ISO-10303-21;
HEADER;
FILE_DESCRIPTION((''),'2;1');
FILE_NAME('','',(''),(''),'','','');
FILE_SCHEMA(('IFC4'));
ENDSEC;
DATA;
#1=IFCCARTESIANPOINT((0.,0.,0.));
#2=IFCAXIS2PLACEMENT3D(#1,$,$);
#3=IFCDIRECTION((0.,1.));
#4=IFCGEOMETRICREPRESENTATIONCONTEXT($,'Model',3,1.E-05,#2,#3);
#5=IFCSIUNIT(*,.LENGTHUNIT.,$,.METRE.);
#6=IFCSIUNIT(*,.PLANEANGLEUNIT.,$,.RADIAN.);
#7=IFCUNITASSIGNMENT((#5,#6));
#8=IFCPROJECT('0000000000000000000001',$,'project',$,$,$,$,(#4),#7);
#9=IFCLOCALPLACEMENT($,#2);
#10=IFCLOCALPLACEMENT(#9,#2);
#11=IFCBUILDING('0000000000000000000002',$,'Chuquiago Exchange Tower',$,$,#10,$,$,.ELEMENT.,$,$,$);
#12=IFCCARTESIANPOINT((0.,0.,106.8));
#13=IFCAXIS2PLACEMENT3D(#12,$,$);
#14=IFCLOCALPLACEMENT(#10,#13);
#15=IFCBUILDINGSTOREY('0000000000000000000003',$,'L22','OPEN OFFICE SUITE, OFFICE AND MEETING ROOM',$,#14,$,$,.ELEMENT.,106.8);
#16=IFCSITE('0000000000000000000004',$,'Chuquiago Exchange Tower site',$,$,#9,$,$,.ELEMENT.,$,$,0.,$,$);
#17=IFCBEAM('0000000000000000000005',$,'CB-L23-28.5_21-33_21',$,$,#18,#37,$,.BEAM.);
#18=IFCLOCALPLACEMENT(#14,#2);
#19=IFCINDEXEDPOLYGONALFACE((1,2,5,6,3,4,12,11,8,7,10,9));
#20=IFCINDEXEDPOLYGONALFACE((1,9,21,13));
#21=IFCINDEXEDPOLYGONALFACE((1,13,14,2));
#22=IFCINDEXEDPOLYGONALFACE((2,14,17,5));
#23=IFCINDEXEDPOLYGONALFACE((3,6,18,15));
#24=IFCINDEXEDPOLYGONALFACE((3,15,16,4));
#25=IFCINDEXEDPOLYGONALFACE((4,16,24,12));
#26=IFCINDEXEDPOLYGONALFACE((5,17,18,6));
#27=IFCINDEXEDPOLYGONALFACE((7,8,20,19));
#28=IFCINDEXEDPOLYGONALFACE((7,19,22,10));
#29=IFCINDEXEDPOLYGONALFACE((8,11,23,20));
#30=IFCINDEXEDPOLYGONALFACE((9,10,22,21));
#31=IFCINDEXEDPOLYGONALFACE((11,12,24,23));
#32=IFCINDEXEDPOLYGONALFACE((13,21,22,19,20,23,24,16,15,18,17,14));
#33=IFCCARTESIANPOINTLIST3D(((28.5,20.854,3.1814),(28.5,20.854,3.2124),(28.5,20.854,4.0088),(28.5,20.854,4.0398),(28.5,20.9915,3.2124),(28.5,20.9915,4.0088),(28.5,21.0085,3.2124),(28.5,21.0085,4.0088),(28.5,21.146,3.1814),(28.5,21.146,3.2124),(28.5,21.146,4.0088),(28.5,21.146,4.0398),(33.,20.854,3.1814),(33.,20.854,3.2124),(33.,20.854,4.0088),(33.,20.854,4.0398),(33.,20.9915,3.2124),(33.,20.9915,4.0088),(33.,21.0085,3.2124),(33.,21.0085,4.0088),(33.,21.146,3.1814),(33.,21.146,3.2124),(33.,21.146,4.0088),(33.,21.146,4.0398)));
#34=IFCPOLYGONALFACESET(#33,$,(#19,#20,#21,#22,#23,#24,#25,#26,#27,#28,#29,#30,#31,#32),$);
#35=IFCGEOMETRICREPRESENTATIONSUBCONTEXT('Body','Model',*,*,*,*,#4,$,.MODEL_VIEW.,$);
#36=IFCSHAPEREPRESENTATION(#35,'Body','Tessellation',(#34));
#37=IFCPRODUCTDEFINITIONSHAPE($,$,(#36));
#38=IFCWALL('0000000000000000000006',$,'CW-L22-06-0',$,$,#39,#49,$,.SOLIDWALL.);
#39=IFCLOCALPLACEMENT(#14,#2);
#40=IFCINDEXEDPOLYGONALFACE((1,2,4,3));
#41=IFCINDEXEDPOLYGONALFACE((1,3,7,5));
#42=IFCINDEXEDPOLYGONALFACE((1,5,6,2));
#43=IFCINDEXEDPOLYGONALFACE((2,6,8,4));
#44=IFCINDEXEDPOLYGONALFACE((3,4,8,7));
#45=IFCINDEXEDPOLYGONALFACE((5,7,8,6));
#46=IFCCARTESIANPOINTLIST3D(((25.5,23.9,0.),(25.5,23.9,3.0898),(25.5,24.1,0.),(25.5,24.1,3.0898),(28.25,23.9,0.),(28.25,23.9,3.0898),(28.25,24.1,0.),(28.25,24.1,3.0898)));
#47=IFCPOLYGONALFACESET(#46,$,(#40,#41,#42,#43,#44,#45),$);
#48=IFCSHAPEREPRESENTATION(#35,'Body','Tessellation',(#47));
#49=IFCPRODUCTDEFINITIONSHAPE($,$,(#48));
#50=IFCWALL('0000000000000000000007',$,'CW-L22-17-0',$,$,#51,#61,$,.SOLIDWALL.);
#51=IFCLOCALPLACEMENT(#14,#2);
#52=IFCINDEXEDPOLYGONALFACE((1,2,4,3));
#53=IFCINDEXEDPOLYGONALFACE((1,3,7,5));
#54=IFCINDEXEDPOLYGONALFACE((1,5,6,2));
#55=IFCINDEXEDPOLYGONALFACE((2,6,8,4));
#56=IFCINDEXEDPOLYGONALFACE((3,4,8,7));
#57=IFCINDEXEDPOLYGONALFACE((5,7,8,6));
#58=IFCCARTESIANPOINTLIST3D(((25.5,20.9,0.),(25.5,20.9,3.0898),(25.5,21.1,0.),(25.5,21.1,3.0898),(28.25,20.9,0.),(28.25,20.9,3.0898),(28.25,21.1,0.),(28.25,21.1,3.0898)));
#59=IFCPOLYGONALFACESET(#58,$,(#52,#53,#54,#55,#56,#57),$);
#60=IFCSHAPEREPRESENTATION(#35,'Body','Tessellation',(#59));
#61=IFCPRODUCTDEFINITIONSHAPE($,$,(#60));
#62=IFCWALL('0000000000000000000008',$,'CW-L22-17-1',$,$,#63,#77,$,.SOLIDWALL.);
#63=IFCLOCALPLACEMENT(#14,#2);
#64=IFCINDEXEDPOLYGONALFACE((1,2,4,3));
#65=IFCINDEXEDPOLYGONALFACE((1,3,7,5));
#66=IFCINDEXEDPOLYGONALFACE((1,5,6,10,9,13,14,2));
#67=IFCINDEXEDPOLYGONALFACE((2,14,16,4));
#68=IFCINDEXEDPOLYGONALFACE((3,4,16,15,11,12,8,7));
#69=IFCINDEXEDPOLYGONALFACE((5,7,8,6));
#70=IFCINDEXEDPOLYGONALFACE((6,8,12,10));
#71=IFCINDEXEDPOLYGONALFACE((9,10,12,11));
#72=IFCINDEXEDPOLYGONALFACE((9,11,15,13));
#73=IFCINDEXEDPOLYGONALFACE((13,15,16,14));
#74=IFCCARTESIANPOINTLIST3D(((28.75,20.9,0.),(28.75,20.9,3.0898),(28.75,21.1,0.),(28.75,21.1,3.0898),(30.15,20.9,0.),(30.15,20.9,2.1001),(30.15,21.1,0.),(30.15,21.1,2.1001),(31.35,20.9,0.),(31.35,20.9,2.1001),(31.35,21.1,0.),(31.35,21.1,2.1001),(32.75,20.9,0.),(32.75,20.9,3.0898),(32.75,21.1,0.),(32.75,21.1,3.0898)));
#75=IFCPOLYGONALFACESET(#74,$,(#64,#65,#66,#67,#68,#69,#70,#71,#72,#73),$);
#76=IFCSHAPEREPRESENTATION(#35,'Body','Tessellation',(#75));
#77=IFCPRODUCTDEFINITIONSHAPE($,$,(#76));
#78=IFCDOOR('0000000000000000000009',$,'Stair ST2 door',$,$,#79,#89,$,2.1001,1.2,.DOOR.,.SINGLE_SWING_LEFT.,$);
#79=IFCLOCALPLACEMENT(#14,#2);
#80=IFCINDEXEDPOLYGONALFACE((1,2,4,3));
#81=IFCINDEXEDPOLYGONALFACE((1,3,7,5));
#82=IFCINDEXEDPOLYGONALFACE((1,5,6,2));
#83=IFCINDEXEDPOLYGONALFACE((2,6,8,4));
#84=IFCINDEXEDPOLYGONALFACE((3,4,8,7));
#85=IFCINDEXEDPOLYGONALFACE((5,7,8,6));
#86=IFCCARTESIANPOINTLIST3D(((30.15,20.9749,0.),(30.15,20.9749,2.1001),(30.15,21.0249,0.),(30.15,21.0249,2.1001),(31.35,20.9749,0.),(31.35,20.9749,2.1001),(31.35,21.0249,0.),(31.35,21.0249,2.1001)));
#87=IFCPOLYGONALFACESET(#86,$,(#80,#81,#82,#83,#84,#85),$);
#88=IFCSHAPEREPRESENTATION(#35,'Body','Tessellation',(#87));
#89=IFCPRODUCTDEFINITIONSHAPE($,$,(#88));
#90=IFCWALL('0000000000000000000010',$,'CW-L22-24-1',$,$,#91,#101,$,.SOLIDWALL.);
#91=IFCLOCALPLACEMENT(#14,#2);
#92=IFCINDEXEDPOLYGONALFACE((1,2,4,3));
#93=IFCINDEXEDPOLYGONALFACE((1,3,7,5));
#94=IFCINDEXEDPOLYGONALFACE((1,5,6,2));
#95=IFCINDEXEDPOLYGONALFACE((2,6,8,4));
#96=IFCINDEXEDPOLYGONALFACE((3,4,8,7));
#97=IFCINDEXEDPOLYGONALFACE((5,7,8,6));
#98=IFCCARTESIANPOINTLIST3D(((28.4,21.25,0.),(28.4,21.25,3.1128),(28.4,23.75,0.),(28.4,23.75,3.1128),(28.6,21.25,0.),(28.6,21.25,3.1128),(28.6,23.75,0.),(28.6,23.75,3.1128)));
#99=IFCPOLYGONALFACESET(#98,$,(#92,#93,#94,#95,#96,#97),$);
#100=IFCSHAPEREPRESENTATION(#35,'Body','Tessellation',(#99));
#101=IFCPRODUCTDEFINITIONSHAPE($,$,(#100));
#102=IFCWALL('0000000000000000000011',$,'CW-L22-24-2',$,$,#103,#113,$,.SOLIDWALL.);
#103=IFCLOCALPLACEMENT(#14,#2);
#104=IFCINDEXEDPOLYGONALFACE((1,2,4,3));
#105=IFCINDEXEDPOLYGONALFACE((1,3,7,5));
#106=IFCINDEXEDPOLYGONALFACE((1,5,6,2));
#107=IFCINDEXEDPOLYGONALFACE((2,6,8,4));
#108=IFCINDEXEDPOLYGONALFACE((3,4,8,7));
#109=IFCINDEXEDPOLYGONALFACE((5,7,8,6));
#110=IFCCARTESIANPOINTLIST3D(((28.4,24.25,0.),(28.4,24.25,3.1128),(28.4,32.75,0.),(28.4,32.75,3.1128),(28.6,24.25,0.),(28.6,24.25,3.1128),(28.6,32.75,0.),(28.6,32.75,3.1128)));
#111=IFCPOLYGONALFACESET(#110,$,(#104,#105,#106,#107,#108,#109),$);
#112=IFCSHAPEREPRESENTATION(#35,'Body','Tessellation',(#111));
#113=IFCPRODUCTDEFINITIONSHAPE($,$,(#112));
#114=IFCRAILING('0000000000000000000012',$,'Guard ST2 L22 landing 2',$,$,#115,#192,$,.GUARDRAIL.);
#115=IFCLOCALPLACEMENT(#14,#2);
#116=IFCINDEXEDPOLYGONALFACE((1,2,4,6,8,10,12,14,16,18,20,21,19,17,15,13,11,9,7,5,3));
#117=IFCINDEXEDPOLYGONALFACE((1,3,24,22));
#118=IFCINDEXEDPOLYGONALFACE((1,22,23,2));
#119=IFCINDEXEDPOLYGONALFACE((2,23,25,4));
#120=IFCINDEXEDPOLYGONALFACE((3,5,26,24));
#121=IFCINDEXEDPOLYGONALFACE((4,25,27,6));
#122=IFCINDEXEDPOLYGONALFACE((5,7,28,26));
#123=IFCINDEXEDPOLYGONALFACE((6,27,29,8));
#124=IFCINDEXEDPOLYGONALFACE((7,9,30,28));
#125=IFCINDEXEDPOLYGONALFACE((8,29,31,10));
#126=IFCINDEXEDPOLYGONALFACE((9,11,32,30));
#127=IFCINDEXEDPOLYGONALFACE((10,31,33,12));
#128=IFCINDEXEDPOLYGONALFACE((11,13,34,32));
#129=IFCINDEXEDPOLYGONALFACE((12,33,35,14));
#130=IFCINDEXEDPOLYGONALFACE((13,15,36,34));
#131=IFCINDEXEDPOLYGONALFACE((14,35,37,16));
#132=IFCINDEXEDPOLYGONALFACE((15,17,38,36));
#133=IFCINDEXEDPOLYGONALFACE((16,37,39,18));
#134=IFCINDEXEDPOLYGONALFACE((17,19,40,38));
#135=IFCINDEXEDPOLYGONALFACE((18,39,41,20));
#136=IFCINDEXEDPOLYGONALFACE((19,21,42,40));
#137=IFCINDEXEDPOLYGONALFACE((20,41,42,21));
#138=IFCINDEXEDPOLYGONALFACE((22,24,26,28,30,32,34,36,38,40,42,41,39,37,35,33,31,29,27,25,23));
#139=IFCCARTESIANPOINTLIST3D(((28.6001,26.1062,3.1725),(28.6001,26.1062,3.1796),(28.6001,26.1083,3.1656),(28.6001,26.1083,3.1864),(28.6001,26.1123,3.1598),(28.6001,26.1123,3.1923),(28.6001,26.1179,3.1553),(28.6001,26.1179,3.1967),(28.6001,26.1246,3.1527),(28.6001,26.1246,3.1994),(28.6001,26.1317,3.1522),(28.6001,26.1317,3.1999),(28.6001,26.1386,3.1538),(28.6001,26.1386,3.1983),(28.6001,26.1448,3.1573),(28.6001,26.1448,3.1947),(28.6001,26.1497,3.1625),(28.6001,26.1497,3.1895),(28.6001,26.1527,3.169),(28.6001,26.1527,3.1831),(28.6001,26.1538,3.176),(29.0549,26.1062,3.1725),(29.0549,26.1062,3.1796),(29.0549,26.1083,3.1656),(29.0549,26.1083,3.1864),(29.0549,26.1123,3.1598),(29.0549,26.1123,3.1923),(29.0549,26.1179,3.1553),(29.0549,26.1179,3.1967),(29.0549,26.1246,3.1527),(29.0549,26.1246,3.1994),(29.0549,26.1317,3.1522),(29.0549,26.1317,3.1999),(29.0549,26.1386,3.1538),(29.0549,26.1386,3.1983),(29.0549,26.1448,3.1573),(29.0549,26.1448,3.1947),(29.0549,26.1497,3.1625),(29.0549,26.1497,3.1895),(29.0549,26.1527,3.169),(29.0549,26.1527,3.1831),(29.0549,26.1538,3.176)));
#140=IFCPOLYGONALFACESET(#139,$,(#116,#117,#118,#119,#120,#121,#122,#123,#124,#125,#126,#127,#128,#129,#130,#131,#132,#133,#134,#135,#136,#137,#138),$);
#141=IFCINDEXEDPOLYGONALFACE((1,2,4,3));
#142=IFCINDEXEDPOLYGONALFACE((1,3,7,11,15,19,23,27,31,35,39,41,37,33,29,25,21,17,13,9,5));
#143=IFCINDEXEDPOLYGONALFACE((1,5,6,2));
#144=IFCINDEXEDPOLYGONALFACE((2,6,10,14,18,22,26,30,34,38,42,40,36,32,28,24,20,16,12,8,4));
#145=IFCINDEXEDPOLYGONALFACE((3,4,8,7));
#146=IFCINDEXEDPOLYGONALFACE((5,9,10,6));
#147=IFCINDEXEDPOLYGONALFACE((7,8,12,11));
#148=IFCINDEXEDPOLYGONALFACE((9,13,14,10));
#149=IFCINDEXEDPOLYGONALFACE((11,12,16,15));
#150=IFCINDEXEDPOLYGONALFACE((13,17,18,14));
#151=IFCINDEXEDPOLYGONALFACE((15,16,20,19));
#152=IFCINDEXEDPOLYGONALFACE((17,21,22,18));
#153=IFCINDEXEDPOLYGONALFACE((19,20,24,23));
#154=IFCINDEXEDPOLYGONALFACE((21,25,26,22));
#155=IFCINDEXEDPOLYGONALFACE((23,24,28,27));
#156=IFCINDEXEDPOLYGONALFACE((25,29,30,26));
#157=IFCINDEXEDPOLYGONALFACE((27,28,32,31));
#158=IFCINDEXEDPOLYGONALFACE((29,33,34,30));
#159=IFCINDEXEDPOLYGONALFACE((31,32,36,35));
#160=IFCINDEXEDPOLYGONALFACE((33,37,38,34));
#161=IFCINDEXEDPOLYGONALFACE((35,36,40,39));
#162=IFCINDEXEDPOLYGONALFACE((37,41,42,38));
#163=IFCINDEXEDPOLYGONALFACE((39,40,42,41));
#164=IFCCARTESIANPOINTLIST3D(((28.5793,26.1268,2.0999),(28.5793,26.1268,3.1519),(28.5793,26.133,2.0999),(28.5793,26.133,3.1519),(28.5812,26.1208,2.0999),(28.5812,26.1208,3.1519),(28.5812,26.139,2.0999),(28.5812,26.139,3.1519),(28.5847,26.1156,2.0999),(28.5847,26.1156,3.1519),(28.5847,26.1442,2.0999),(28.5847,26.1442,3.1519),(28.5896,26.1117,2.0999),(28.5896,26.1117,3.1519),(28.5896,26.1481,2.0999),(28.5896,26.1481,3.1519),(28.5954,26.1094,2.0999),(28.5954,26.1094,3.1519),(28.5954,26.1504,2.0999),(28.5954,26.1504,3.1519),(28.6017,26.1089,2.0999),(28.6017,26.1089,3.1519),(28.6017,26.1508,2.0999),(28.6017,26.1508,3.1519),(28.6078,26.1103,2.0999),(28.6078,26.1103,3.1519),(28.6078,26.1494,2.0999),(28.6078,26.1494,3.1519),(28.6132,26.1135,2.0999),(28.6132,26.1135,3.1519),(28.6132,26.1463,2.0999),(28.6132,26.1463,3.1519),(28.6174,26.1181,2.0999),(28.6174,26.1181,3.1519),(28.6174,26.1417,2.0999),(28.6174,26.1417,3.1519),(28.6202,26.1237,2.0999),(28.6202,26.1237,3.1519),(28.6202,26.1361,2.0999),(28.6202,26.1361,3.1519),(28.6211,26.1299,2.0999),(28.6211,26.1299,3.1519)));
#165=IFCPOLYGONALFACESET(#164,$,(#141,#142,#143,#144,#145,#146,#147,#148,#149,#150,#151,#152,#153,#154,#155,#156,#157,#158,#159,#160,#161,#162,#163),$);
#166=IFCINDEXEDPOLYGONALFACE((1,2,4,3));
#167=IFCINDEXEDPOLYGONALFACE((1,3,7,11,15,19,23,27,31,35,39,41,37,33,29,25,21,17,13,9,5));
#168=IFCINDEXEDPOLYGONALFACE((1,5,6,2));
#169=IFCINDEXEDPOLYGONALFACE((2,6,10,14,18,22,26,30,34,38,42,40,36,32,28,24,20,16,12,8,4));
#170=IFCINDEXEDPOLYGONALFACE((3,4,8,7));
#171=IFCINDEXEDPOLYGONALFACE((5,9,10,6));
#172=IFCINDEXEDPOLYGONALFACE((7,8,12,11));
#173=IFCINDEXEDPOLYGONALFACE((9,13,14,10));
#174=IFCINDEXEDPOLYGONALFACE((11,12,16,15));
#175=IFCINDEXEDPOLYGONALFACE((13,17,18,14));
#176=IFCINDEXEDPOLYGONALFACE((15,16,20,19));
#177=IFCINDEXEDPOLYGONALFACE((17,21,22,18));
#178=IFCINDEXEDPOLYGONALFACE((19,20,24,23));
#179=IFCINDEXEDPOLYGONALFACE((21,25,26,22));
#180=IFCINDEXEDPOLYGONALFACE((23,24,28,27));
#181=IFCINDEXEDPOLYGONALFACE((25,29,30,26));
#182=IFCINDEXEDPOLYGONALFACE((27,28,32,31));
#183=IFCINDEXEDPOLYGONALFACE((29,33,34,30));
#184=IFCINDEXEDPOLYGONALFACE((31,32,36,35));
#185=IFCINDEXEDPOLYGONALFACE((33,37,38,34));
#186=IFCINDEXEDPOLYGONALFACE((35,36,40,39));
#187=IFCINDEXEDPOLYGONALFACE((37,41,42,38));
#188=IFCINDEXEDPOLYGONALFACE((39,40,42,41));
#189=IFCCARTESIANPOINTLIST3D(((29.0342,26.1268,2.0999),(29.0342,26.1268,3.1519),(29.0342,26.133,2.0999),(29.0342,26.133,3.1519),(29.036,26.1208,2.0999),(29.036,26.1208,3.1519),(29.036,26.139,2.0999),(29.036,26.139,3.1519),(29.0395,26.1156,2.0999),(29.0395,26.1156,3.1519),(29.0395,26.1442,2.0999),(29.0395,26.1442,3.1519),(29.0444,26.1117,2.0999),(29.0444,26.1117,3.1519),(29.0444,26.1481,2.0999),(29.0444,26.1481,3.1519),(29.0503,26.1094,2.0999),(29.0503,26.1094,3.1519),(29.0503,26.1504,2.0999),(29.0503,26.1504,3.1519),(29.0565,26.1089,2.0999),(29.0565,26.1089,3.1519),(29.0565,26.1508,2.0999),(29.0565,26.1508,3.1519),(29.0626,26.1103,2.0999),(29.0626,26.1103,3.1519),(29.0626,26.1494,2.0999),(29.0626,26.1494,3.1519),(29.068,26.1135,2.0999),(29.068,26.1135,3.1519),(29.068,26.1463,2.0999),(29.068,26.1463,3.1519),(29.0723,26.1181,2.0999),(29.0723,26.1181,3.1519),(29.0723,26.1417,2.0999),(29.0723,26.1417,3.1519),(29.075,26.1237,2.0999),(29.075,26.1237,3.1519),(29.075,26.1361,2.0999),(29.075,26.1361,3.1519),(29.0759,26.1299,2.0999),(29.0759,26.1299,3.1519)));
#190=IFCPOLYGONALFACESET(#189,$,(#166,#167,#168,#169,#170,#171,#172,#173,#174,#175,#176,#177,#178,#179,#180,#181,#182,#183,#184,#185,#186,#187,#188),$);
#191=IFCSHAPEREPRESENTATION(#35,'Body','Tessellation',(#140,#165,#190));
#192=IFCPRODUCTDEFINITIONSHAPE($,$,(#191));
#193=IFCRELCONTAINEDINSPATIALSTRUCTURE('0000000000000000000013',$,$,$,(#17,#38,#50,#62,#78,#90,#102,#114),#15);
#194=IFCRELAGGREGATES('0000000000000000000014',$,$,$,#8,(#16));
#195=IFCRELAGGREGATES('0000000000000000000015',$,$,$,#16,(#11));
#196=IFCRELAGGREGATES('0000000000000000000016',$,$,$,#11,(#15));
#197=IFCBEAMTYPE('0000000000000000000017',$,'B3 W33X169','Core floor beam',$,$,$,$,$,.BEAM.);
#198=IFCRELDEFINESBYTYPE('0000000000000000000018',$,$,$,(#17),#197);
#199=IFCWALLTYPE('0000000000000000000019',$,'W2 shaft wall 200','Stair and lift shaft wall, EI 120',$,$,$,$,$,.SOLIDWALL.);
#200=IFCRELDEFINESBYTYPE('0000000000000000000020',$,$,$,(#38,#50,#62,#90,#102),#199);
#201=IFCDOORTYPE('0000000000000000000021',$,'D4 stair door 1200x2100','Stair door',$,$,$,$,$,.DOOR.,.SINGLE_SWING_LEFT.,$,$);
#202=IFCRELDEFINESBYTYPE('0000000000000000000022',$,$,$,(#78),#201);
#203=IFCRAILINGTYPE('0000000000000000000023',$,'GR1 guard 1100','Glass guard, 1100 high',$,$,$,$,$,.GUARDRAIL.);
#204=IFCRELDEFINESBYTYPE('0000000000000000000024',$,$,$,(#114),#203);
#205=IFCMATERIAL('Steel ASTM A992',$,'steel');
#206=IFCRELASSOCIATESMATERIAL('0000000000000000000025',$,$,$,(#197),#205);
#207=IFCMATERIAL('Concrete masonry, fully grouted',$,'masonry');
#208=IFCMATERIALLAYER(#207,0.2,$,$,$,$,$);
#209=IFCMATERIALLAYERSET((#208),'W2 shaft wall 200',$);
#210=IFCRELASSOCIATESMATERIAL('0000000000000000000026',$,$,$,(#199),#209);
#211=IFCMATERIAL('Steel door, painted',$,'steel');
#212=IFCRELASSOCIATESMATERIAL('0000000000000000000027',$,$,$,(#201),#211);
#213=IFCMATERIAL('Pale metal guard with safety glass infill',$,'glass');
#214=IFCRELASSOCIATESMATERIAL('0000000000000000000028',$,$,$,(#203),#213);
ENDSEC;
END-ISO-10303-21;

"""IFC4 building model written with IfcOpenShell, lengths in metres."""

from ifc_helpers import new_model, si_unit, direction, frame, frame_2d, origin, origin_2d, place, context, subcontext, project, spatial, rectangle, circle, i_section, extrude, material, layer, layer_set, material_profile, profile_set, type_object, element, fill, save


model = new_model("IFC4")

# Units and contexts
model_context = context("Model", 3, precision=1e-05, world=origin(), true_north=direction((0.0, 1.0)))
body_context = subcontext(model_context, "Body", "Model", "MODEL_VIEW")
ifc_project = project(units=[si_unit("LENGTHUNIT", "METRE"), si_unit("PLANEANGLEUNIT", "RADIAN")], contexts=[model_context])

# Site, building, storey
site_placement = place(None, origin())
site = spatial("IfcSite", under=ifc_project, at=site_placement, Name="Chuquiago Exchange Tower site", CompositionType="ELEMENT", RefElevation=0.0)
building_placement = place(site_placement, origin())
building = spatial("IfcBuilding", under=site, at=building_placement, Name="Chuquiago Exchange Tower", CompositionType="ELEMENT")
storey_placement = place(building_placement, frame((0.0, 0.0, 106.8)))
storey = spatial("IfcBuildingStorey", under=building, at=storey_placement, Name="L22", Description="OPEN OFFICE SUITE, OFFICE AND MEETING ROOM", CompositionType="ELEMENT", Elevation=106.8)

# Beam
ifc_material_1 = material(Name="Steel ASTM A992", Category="steel")
ifc_material_profile_1 = material_profile(ifc_material_1, i_section(OverallWidth=0.292, OverallDepth=0.8584, WebThickness=0.0171, FlangeThickness=0.031, at=origin_2d()), Name="W33X169")
ifc_profile_set_1 = profile_set([ifc_material_profile_1], Name="Steel ASTM A992")
beam_type_1 = type_object("IfcBeamType", Name="B3 W33X169", Description="Core floor beam", PredefinedType="BEAM", material=ifc_profile_set_1)
beam_1_placement = place(storey_placement, frame((28.5, 21.0, 3.6106), z_axis=(1.0, 0.0, 0.0), x_axis=(0.0, 1.0, 0.0)))
element("IfcBeam", 1, at=beam_1_placement, inside=storey, type_object=beam_type_1, Name="CB-L23-28.5_21-33_21", PredefinedType="BEAM", context=body_context, shape_type="SweptSolid", body=[
    extrude(i_section(OverallWidth=0.292, OverallDepth=0.8584, WebThickness=0.0171, FlangeThickness=0.031, at=origin_2d()), origin(), (0.0, 0.0, 1.0), 4.5),
])

# Walls
ifc_material_2 = material(Name="Concrete masonry, fully grouted", Category="masonry")
ifc_layer = layer(ifc_material_2, 0.2)
ifc_layer_set = layer_set([ifc_layer], Name="W2 shaft wall 200")
wall_type = type_object("IfcWallType", Name="W2 shaft wall 200", Description="Stair and lift shaft wall, EI 120", PredefinedType="SOLIDWALL", material=ifc_layer_set)
for number, where, z_axis, x_axis, name in (
    (2, (25.5, 24.0, 0.0), (0.0, 0.0, 1.0), (1.0, 0.0, 0.0), "CW-L22-06-0"),
    (3, (25.5, 21.0, 0.0), (0.0, 0.0, 1.0), (1.0, 0.0, 0.0), "CW-L22-17-0"),
):
    element("IfcWall", number, at=place(storey_placement, frame(where, z_axis=z_axis, x_axis=x_axis)), inside=storey, type_object=wall_type, Name=name, PredefinedType="SOLIDWALL", context=body_context, shape_type="SweptSolid", body=[
        extrude(rectangle(XDim=2.75, YDim=0.2, at=frame_2d((1.375, 0.0))), origin(), (0.0, 0.0, 1.0), 3.0898),
    ])

# Wall, opening, door
wall_1_placement = place(storey_placement, frame((28.75, 21.0, 0.0), z_axis=(0.0, 0.0, 1.0), x_axis=(1.0, 0.0, 0.0)))
wall_1 = element("IfcWall", 4, at=wall_1_placement, inside=storey, type_object=wall_type, Name="CW-L22-17-1", PredefinedType="SOLIDWALL", context=body_context, shape_type="SweptSolid", body=[
    extrude(rectangle(XDim=4.0, YDim=0.2, at=frame_2d((2.0, 0.0))), origin(), (0.0, 0.0, 1.0), 3.0898),
])
opening_placement = place(wall_1_placement, frame((1.3999, 0.0, 0.0)))
opening = element("IfcOpeningElement", 5, at=opening_placement, cuts=wall_1, PredefinedType="OPENING", context=body_context, shape_type="SweptSolid", body=[
    extrude(rectangle(XDim=1.2, YDim=2.1001, at=frame_2d((0.6001, 1.05))), frame((0.0, 0.1099, 0.0), z_axis=(0.0, -1.0, 0.0), x_axis=(1.0, 0.0, 0.0)), (0.0, 0.0, 1.0), 0.22),
])
ifc_material_3 = material(Name="Steel door, painted", Category="steel")
door_type = type_object("IfcDoorType", Name="D4 stair door 1200x2100", Description="Stair door", OperationType="SINGLE_SWING_LEFT", PredefinedType="DOOR", material=ifc_material_3)
door_placement = place(opening_placement, origin())
door = element("IfcDoor", 6, at=door_placement, inside=storey, type_object=door_type, Name="Stair ST2 door", OperationType="SINGLE_SWING_LEFT", OverallHeight=2.1001, OverallWidth=1.2, PredefinedType="DOOR", context=body_context, shape_type="SweptSolid", body=[
    extrude(rectangle(XDim=1.2, YDim=2.1001, at=frame_2d((0.6001, 1.05))), frame((0.0, 0.0249, 0.0), z_axis=(0.0, -1.0, 0.0), x_axis=(1.0, 0.0, 0.0)), (0.0, 0.0, 1.0), 0.05),
])
fill(opening, door)

# Walls
wall_2_placement = place(storey_placement, frame((28.5, 21.25, 0.0), z_axis=(0.0, 0.0, 1.0), x_axis=(0.0, 1.0, 0.0)))
element("IfcWall", 7, at=wall_2_placement, inside=storey, type_object=wall_type, Name="CW-L22-24-1", PredefinedType="SOLIDWALL", context=body_context, shape_type="SweptSolid", body=[
    extrude(rectangle(XDim=2.5, YDim=0.2, at=frame_2d((1.25, 0.0))), origin(), (0.0, 0.0, 1.0), 3.1128),
])
wall_3_placement = place(storey_placement, frame((28.5, 24.25, 0.0), z_axis=(0.0, 0.0, 1.0), x_axis=(0.0, 1.0, 0.0)))
element("IfcWall", 8, at=wall_3_placement, inside=storey, type_object=wall_type, Name="CW-L22-24-2", PredefinedType="SOLIDWALL", context=body_context, shape_type="SweptSolid", body=[
    extrude(rectangle(XDim=8.5, YDim=0.2, at=frame_2d((4.25, 0.0))), origin(), (0.0, 0.0, 1.0), 3.1128),
])

# Railing
ifc_material_4 = material(Name="Pale metal guard with safety glass infill", Category="glass")
railing_type_1 = type_object("IfcRailingType", Name="GR1 guard 1100", Description="Glass guard, 1100 high", PredefinedType="GUARDRAIL", material=ifc_material_4)
railing_1_placement = place(storey_placement, frame((28.6001, 26.1299, 2.0999)))
element("IfcRailing", 9, at=railing_1_placement, inside=storey, type_object=railing_type_1, Name="Guard ST2 L22 landing 2", PredefinedType="GUARDRAIL", context=body_context, shape_type="SweptSolid", body=[
    extrude(circle(Radius=0.0239, at=origin_2d()), frame((0.0, 0.0, 1.0762), z_axis=(1.0, 0.0, 0.0), x_axis=(0.0, 1.0, 0.0)), (0.0, 0.0, 1.0), 0.4548),
    extrude(circle(Radius=0.021, at=origin_2d()), origin(), (0.0, 0.0, 1.0), 1.052),
    extrude(circle(Radius=0.021, at=origin_2d()), frame((0.4548, 0.0, 0.0)), (0.0, 0.0, 1.0), 1.052),
])

save(model, "model.ifc")
